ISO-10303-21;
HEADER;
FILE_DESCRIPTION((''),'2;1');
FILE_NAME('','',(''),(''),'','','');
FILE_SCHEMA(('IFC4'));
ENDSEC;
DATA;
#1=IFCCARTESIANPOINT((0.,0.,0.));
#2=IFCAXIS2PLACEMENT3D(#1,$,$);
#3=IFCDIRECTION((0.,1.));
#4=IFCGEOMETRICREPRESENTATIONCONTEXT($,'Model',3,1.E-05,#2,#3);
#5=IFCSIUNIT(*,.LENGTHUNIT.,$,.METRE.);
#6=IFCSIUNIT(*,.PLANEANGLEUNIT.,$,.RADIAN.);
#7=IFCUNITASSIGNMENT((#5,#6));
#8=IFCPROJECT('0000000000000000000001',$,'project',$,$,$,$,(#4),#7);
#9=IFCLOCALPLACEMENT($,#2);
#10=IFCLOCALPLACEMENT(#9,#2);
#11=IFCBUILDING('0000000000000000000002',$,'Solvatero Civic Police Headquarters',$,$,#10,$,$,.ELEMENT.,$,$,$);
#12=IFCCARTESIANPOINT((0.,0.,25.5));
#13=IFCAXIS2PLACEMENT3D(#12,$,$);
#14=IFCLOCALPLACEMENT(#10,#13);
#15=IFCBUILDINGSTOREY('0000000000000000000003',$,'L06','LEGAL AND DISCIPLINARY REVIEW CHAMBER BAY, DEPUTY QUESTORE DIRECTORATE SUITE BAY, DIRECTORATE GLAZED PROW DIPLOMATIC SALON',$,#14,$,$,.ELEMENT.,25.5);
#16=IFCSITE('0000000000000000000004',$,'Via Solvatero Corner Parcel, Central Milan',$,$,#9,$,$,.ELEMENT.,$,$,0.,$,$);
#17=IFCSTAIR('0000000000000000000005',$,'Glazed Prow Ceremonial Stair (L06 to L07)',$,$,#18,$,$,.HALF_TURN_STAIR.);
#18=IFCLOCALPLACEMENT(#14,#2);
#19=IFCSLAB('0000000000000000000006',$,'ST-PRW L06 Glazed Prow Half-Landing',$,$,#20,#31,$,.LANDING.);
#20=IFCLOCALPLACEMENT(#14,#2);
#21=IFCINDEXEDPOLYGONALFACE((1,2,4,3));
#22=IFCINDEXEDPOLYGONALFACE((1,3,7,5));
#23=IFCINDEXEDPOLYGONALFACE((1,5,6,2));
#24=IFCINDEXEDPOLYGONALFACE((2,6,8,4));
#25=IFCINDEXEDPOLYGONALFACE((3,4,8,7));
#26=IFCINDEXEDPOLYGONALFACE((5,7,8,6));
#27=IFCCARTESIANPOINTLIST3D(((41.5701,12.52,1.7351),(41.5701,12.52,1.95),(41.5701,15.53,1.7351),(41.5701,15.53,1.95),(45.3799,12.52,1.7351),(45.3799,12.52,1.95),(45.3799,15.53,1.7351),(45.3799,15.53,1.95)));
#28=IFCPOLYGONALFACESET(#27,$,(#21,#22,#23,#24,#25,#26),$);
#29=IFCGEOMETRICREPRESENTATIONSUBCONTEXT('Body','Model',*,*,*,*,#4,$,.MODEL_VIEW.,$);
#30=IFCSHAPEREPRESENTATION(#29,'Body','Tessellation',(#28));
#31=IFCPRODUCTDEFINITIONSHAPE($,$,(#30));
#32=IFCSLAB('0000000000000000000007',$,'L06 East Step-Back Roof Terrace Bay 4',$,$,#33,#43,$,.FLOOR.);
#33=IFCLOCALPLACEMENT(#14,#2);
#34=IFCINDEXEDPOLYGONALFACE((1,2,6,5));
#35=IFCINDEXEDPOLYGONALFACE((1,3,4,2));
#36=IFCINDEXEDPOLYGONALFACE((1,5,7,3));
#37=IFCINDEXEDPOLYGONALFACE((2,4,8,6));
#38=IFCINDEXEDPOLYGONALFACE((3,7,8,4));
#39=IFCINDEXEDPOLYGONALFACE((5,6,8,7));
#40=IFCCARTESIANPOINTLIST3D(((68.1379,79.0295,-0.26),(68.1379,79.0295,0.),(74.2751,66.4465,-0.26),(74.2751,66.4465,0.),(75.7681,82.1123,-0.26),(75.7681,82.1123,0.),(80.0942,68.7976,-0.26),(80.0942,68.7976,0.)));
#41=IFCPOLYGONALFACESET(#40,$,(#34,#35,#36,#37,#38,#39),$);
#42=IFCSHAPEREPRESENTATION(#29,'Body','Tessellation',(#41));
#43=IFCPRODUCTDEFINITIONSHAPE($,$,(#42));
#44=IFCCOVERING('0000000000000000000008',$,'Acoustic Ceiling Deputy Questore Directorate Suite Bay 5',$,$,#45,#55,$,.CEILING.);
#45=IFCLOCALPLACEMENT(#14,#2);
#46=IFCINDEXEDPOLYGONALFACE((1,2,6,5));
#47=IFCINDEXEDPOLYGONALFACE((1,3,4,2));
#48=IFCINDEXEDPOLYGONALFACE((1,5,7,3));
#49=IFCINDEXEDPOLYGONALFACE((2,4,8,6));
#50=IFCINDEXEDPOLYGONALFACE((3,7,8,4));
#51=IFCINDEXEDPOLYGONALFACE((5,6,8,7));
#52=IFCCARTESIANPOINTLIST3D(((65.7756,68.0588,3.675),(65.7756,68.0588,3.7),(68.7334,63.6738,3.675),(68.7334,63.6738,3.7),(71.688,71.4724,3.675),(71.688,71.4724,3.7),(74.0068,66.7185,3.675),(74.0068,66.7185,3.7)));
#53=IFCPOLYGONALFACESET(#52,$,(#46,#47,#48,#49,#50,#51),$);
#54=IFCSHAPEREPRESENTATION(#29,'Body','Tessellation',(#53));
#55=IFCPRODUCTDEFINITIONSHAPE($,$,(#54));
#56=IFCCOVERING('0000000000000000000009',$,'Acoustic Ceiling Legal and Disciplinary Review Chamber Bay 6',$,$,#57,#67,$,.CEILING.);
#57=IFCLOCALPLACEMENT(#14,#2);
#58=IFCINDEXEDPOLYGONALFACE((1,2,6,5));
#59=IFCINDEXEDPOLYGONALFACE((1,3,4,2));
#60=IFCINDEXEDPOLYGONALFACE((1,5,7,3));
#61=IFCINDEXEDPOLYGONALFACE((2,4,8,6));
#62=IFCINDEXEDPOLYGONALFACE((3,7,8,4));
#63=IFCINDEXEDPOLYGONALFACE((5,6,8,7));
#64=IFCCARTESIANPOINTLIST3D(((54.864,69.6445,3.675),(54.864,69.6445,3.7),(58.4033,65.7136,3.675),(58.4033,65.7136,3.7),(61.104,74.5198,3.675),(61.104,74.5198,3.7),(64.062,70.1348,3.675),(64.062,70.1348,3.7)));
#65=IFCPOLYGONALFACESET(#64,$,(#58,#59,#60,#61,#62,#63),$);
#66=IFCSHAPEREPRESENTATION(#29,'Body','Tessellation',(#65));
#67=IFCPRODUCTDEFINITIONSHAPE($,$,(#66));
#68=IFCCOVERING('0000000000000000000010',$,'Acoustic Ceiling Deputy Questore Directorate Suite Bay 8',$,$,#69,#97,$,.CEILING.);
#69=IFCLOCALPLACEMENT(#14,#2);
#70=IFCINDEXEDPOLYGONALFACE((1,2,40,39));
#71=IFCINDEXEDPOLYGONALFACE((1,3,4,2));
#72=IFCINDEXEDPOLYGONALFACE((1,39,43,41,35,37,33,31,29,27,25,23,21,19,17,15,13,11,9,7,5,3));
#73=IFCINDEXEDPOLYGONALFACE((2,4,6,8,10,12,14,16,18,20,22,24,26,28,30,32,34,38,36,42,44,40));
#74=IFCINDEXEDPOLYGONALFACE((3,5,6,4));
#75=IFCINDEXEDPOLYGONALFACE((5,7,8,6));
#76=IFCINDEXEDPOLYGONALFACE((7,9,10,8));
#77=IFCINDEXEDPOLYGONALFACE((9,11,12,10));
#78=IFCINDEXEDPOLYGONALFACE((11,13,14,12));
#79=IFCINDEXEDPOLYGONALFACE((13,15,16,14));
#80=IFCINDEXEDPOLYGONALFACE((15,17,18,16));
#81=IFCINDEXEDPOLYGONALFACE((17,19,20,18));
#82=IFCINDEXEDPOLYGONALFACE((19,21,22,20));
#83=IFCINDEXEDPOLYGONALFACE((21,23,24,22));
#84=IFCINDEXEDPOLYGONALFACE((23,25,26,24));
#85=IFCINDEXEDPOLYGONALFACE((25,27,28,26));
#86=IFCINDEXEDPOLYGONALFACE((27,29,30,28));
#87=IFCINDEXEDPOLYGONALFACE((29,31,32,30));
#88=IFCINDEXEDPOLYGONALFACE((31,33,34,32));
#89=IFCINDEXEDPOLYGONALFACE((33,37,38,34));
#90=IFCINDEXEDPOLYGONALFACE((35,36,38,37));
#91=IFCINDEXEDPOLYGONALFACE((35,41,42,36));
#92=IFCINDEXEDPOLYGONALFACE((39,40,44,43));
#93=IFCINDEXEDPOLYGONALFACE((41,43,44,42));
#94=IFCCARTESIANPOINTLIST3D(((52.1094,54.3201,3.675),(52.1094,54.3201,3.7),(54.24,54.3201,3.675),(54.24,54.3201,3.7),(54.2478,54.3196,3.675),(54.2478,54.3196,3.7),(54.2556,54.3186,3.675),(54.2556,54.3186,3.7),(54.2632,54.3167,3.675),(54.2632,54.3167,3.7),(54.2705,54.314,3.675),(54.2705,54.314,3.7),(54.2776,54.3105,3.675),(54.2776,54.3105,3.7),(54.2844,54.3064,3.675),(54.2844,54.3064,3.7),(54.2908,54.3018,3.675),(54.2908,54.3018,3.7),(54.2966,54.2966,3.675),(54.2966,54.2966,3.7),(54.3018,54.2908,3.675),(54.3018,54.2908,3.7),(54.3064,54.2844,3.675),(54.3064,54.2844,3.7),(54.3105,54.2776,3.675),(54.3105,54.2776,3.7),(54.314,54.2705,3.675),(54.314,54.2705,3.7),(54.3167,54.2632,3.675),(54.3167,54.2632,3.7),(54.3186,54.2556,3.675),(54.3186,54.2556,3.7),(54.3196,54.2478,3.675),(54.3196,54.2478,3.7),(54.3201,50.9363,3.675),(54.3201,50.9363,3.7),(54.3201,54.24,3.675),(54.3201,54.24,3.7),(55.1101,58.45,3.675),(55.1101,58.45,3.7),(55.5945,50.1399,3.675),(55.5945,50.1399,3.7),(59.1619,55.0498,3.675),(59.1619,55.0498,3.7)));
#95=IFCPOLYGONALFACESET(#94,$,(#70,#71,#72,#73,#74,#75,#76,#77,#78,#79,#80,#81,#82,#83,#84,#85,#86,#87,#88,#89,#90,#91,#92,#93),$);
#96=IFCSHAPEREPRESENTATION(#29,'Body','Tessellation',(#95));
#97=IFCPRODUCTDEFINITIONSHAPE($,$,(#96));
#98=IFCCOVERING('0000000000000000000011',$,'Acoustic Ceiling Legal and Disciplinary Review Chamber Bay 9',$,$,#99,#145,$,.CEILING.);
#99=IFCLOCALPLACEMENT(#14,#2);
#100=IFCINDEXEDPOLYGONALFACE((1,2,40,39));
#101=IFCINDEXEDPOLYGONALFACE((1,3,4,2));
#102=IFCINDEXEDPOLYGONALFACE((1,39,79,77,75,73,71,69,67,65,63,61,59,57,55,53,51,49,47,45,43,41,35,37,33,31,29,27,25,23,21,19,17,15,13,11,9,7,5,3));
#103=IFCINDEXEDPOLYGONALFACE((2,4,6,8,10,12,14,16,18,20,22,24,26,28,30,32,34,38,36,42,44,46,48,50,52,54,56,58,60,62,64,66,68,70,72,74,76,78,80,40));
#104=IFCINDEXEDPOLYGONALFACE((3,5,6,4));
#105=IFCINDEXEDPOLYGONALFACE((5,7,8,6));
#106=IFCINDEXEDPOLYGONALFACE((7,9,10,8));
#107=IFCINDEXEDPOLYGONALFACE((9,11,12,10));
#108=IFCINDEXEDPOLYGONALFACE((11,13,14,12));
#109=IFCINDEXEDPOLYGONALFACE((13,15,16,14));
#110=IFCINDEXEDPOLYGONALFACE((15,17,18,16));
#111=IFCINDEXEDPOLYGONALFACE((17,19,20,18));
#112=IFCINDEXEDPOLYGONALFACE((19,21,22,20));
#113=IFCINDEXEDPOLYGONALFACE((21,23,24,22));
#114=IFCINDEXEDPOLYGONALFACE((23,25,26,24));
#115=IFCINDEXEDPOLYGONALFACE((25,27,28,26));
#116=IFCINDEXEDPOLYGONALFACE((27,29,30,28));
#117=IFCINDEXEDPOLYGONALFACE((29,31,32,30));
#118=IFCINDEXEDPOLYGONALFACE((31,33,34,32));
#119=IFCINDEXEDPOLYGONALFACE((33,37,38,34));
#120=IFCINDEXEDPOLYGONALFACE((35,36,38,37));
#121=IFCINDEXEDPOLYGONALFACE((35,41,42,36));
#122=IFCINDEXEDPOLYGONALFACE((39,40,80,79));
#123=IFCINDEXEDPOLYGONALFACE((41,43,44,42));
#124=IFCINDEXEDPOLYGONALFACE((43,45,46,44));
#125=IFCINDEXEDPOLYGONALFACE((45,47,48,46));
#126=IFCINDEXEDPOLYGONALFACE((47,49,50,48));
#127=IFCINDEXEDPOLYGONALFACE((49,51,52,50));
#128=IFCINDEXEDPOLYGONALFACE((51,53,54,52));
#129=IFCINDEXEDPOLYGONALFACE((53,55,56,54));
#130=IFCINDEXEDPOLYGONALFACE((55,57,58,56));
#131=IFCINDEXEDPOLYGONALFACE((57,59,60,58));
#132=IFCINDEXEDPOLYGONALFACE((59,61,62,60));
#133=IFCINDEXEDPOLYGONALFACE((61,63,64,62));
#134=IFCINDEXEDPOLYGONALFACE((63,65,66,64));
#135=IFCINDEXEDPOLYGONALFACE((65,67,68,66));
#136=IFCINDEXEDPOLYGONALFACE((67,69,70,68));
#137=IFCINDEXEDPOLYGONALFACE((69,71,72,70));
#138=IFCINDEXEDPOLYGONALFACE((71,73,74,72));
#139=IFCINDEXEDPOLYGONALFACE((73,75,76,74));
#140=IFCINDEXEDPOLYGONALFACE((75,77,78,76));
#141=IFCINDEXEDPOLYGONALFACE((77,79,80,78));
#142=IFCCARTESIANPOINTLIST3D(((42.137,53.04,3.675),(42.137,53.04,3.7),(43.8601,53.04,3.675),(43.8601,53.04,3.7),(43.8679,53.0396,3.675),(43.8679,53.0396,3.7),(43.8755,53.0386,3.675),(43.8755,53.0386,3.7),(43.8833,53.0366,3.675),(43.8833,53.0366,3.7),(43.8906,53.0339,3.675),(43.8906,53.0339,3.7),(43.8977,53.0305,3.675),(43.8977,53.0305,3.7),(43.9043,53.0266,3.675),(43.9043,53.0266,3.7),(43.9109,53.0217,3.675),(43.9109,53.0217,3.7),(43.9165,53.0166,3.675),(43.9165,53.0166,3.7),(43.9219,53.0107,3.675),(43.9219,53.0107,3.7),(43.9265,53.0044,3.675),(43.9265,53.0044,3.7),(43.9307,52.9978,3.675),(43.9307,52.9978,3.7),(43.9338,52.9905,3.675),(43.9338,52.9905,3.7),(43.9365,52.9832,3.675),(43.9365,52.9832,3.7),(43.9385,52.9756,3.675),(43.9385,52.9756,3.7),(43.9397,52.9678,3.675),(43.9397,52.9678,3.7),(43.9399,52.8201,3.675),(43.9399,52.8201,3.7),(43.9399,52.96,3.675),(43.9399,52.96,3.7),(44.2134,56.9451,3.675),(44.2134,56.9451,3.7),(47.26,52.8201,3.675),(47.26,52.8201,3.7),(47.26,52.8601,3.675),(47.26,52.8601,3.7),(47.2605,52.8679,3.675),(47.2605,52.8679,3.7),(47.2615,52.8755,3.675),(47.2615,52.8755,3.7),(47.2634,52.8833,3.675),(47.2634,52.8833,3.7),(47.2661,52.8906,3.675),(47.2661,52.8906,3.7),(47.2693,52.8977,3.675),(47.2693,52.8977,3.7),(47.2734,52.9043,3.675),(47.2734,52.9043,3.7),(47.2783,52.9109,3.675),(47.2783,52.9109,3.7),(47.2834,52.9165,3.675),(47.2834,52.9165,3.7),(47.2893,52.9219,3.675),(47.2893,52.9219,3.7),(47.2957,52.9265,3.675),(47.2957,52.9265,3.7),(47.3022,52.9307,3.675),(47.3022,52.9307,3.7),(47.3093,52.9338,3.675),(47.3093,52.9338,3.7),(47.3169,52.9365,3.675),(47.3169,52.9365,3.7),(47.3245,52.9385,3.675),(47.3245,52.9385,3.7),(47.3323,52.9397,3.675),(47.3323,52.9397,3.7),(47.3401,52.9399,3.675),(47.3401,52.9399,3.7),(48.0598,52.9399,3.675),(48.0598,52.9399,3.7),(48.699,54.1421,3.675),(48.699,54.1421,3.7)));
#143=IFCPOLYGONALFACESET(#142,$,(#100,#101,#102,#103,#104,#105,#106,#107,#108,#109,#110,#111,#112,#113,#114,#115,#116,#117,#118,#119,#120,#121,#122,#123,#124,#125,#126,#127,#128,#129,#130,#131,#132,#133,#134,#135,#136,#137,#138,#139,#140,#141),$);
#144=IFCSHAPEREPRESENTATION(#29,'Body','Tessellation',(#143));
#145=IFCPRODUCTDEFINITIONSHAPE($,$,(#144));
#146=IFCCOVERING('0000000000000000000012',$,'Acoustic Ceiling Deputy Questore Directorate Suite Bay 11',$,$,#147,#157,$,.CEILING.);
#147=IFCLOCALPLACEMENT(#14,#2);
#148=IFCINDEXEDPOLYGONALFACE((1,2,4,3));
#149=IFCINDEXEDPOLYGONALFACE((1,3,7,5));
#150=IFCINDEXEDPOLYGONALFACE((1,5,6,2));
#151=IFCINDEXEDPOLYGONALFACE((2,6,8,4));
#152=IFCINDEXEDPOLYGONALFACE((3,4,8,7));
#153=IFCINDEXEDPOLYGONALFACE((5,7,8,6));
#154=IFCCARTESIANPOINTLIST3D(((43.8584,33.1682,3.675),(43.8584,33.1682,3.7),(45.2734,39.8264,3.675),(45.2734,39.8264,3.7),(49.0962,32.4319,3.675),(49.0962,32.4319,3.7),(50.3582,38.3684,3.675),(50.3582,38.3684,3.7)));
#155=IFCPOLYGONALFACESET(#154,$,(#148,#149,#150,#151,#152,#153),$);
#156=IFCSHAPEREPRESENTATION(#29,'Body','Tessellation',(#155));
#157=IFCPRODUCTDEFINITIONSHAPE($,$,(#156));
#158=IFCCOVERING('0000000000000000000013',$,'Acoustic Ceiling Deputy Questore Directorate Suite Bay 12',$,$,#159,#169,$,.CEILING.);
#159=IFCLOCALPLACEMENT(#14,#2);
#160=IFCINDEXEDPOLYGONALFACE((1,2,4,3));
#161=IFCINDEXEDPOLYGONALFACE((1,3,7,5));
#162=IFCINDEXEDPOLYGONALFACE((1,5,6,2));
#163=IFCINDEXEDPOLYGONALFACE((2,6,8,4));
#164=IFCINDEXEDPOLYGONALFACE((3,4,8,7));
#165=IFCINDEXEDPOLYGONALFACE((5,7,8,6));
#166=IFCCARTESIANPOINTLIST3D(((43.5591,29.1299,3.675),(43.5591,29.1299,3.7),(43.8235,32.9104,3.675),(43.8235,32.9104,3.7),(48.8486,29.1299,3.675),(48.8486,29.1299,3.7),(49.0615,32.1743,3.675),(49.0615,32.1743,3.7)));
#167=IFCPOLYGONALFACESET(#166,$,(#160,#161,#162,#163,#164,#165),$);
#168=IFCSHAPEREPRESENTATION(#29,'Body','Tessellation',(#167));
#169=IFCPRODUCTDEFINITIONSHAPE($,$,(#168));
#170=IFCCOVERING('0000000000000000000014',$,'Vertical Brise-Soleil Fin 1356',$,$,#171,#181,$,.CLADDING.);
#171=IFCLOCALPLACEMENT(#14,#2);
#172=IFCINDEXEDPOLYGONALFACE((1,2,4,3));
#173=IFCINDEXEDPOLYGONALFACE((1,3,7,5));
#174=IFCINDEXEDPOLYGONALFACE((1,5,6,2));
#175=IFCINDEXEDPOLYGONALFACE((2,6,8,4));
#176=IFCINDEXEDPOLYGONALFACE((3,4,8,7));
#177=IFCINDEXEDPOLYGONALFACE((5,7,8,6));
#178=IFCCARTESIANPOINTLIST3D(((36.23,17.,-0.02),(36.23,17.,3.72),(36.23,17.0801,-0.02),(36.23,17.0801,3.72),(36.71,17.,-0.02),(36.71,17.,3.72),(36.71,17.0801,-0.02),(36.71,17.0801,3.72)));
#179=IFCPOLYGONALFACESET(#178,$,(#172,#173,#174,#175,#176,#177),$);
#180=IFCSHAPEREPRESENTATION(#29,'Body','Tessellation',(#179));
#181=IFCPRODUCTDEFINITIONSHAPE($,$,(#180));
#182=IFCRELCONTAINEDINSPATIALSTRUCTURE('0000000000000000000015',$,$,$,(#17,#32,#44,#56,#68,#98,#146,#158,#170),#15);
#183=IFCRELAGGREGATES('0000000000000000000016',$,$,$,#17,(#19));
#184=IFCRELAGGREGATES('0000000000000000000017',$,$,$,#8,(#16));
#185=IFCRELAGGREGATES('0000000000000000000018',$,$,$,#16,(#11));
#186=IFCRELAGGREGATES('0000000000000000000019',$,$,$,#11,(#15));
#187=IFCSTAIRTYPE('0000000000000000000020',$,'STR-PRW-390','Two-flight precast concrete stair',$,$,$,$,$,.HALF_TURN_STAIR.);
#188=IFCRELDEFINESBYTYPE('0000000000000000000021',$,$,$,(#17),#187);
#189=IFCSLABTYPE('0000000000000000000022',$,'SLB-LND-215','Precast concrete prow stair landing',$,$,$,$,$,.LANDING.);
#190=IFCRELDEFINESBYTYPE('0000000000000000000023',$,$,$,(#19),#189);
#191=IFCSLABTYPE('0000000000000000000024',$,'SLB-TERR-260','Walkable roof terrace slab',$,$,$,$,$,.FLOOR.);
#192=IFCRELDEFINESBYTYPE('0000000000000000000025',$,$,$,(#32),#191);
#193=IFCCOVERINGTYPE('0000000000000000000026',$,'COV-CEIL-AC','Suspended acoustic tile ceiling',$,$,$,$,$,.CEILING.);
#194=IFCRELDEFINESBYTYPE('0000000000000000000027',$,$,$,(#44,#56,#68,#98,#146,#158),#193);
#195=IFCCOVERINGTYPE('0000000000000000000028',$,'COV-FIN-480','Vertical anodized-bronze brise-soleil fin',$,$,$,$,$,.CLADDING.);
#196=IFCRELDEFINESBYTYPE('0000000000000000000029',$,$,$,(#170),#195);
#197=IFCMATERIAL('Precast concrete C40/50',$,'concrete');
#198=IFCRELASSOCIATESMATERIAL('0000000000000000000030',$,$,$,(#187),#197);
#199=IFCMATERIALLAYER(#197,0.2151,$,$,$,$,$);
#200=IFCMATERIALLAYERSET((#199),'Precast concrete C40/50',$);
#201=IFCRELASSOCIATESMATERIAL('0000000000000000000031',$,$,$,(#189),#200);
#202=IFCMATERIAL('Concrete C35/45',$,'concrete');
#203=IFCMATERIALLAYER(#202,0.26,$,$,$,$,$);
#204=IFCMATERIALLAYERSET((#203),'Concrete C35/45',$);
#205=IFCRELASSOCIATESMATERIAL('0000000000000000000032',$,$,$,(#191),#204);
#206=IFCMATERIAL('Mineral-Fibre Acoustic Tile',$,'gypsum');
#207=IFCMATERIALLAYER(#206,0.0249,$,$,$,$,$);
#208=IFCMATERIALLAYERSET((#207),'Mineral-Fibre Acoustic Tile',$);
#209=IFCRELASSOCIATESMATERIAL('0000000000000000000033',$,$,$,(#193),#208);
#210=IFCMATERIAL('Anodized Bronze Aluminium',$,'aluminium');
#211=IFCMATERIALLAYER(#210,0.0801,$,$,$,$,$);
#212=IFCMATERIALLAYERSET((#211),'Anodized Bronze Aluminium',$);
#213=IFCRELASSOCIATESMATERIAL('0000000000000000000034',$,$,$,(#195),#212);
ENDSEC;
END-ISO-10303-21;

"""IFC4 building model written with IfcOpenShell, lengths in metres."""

from ifc_helpers import new_model, si_unit, direction, frame, origin, origin_2d, place, context, subcontext, project, spatial, polyline, rectangle, outline, extrude, material, layer, layer_set, type_object, element, aggregate, save


model = new_model("IFC4")

# Units and contexts
model_context = context("Model", 3, precision=1e-05, world=origin(), true_north=direction((0.0, 1.0)))
body_context = subcontext(model_context, "Body", "Model", "MODEL_VIEW")
ifc_project = project(units=[si_unit("LENGTHUNIT", "METRE"), si_unit("PLANEANGLEUNIT", "RADIAN")], contexts=[model_context])

# Site, building, storey
site_placement = place(None, origin())
site = spatial("IfcSite", under=ifc_project, at=site_placement, Name="Via Solvatero Corner Parcel, Central Milan", CompositionType="ELEMENT", RefElevation=0.0)
building_placement = place(site_placement, origin())
building = spatial("IfcBuilding", under=site, at=building_placement, Name="Solvatero Civic Police Headquarters", CompositionType="ELEMENT")
storey_placement = place(building_placement, frame((0.0, 0.0, 25.5)))
storey = spatial("IfcBuildingStorey", under=building, at=storey_placement, Name="L06", Description="LEGAL AND DISCIPLINARY REVIEW CHAMBER BAY, DEPUTY QUESTORE DIRECTORATE SUITE BAY, DIRECTORATE GLAZED PROW DIPLOMATIC SALON", CompositionType="ELEMENT", Elevation=25.5)

# Shared definitions
ifc_material_1 = material(Name="Concrete C35/45", Category="concrete")

# Stair, slab
ifc_material_2 = material(Name="Precast concrete C40/50", Category="concrete")
stair_type_1 = type_object("IfcStairType", Name="STR-PRW-390", Description="Two-flight precast concrete stair", PredefinedType="HALF_TURN_STAIR", material=ifc_material_2)
stair_1_placement = place(storey_placement, origin())
stair_1 = element("IfcStair", 1, at=stair_1_placement, inside=storey, type_object=stair_type_1, Name="Glazed Prow Ceremonial Stair (L06 to L07)", PredefinedType="HALF_TURN_STAIR")
ifc_layer_1 = layer(ifc_material_2, 0.2151)
ifc_layer_set_1 = layer_set([ifc_layer_1], Name="Precast concrete C40/50")
slab_type_1 = type_object("IfcSlabType", Name="SLB-LND-215", Description="Precast concrete prow stair landing", PredefinedType="LANDING", material=ifc_layer_set_1)
slab_1_placement = place(storey_placement, frame((0.0, 0.0, 1.7351)))
slab_1 = element("IfcSlab", 2, at=slab_1_placement, type_object=slab_type_1, Name="ST-PRW L06 Glazed Prow Half-Landing", PredefinedType="LANDING", context=body_context, shape_type="SweptSolid", body=[
    extrude(outline(polyline([(41.5701, 12.52), (45.3799, 12.52), (45.3799, 15.53), (41.5701, 15.53), (41.5701, 12.52)])), origin(), (0.0, 0.0, 1.0), 0.2148),
])
aggregate(stair_1, [slab_1])

# Slab
ifc_layer_2 = layer(ifc_material_1, 0.26)
ifc_layer_set_2 = layer_set([ifc_layer_2], Name="Concrete C35/45")
slab_type_2 = type_object("IfcSlabType", Name="SLB-TERR-260", Description="Walkable roof terrace slab", PredefinedType="FLOOR", material=ifc_layer_set_2)
slab_2_placement = place(storey_placement, frame((0.0, 0.0, -0.26)))
element("IfcSlab", 3, at=slab_2_placement, inside=storey, type_object=slab_type_2, Name="L06 East Step-Back Roof Terrace Bay 4", PredefinedType="FLOOR", context=body_context, shape_type="SweptSolid", body=[
    extrude(outline(polyline([(75.7681, 82.1123), (80.0942, 68.7976), (74.2751, 66.4465), (68.1379, 79.0295), (75.7681, 82.1123)])), origin(), (0.0, 0.0, 1.0), 0.26),
])

# Coverings
ifc_material_3 = material(Name="Mineral-Fibre Acoustic Tile", Category="gypsum")
ifc_layer_3 = layer(ifc_material_3, 0.0249)
ifc_layer_set_3 = layer_set([ifc_layer_3], Name="Mineral-Fibre Acoustic Tile")
covering_type_1 = type_object("IfcCoveringType", Name="COV-CEIL-AC", Description="Suspended acoustic tile ceiling", PredefinedType="CEILING", material=ifc_layer_set_3)
covering_1_placement = place(storey_placement, frame((0.0, 0.0, 3.675)))
element("IfcCovering", 4, at=covering_1_placement, inside=storey, type_object=covering_type_1, Name="Acoustic Ceiling Deputy Questore Directorate Suite Bay 5", PredefinedType="CEILING", context=body_context, shape_type="SweptSolid", body=[
    extrude(outline(polyline([(68.7334, 63.6738), (65.7756, 68.0588), (71.688, 71.4724), (74.0068, 66.7185), (68.7334, 63.6738)])), origin(), (0.0, 0.0, 1.0), 0.0249),
])
covering_2_placement = place(storey_placement, frame((0.0, 0.0, 3.675)))
element("IfcCovering", 5, at=covering_2_placement, inside=storey, type_object=covering_type_1, Name="Acoustic Ceiling Legal and Disciplinary Review Chamber Bay 6", PredefinedType="CEILING", context=body_context, shape_type="SweptSolid", body=[
    extrude(outline(polyline([(58.4033, 65.7136), (54.864, 69.6445), (61.104, 74.5198), (64.062, 70.1348), (58.4033, 65.7136)])), origin(), (0.0, 0.0, 1.0), 0.0249),
])
covering_3_placement = place(storey_placement, frame((0.0, 0.0, 3.675)))
element("IfcCovering", 6, at=covering_3_placement, inside=storey, type_object=covering_type_1, Name="Acoustic Ceiling Deputy Questore Directorate Suite Bay 8", PredefinedType="CEILING", context=body_context, shape_type="SweptSolid", body=[
    extrude(outline(polyline([(55.1101, 58.45), (59.1619, 55.0498), (55.5945, 50.1399), (54.3201, 50.9363), (54.3201, 54.24), (54.3196, 54.2478), (54.3186, 54.2556), (54.3167, 54.2632), (54.314, 54.2705), (54.3105, 54.2776), (54.3064, 54.2844), (54.3018, 54.2908), (54.2966, 54.2966), (54.2908, 54.3018), (54.2844, 54.3064), (54.2776, 54.3105), (54.2705, 54.314), (54.2632, 54.3167), (54.2556, 54.3186), (54.2478, 54.3196), (54.24, 54.3201), (52.1094, 54.3201), (55.1101, 58.45)])), origin(), (0.0, 0.0, 1.0), 0.0249),
])
covering_4_placement = place(storey_placement, frame((0.0, 0.0, 3.675)))
element("IfcCovering", 7, at=covering_4_placement, inside=storey, type_object=covering_type_1, Name="Acoustic Ceiling Legal and Disciplinary Review Chamber Bay 9", PredefinedType="CEILING", context=body_context, shape_type="SweptSolid", body=[
    extrude(outline(polyline([(43.9399, 52.8201), (43.9399, 52.96), (43.9397, 52.9678), (43.9385, 52.9756), (43.9365, 52.9832), (43.9338, 52.9905), (43.9307, 52.9978), (43.9265, 53.0044), (43.9219, 53.0107), (43.9165, 53.0166), (43.9109, 53.0217), (43.9043, 53.0266), (43.8977, 53.0305), (43.8906, 53.0339), (43.8833, 53.0366), (43.8755, 53.0386), (43.8679, 53.0396), (43.8601, 53.04), (42.137, 53.04), (44.2134, 56.9451), (48.699, 54.1421), (48.0598, 52.9399), (47.3401, 52.9399), (47.3323, 52.9397), (47.3245, 52.9385), (47.3169, 52.9365), (47.3093, 52.9338), (47.3022, 52.9307), (47.2957, 52.9265), (47.2893, 52.9219), (47.2834, 52.9165), (47.2783, 52.9109), (47.2734, 52.9043), (47.2693, 52.8977), (47.2661, 52.8906), (47.2634, 52.8833), (47.2615, 52.8755), (47.2605, 52.8679), (47.26, 52.8601), (47.26, 52.8201), (43.9399, 52.8201)])), origin(), (0.0, 0.0, 1.0), 0.0249),
])
covering_5_placement = place(storey_placement, frame((0.0, 0.0, 3.675)))
element("IfcCovering", 8, at=covering_5_placement, inside=storey, type_object=covering_type_1, Name="Acoustic Ceiling Deputy Questore Directorate Suite Bay 11", PredefinedType="CEILING", context=body_context, shape_type="SweptSolid", body=[
    extrude(outline(polyline([(49.0962, 32.4319), (43.8584, 33.1682), (45.2734, 39.8264), (50.3582, 38.3684), (49.0962, 32.4319)])), origin(), (0.0, 0.0, 1.0), 0.0249),
])
covering_6_placement = place(storey_placement, frame((0.0, 0.0, 3.675)))
element("IfcCovering", 9, at=covering_6_placement, inside=storey, type_object=covering_type_1, Name="Acoustic Ceiling Deputy Questore Directorate Suite Bay 12", PredefinedType="CEILING", context=body_context, shape_type="SweptSolid", body=[
    extrude(outline(polyline([(48.8486, 29.1299), (43.5591, 29.1299), (43.8235, 32.9104), (49.0615, 32.1743), (48.8486, 29.1299)])), origin(), (0.0, 0.0, 1.0), 0.0249),
])
ifc_material_4 = material(Name="Anodized Bronze Aluminium", Category="aluminium")
ifc_layer_4 = layer(ifc_material_4, 0.0801)
ifc_layer_set_4 = layer_set([ifc_layer_4], Name="Anodized Bronze Aluminium")
covering_type_2 = type_object("IfcCoveringType", Name="COV-FIN-480", Description="Vertical anodized-bronze brise-soleil fin", PredefinedType="CLADDING", material=ifc_layer_set_4)
for number, where, z_axis, x_axis, name in (
    (10, (36.47, 17.04, -0.02), (0.0, 0.0, 1.0), (0.0, -1.0, 0.0), "Vertical Brise-Soleil Fin 1356"),
):
    element("IfcCovering", number, at=place(storey_placement, frame(where, z_axis=z_axis, x_axis=x_axis)), inside=storey, type_object=covering_type_2, Name=name, PredefinedType="CLADDING", context=body_context, shape_type="SweptSolid", body=[
        extrude(rectangle(XDim=0.0801, YDim=0.48, at=origin_2d()), origin(), (0.0, 0.0, 1.0), 3.74),
    ])

save(model, "model.ifc")
